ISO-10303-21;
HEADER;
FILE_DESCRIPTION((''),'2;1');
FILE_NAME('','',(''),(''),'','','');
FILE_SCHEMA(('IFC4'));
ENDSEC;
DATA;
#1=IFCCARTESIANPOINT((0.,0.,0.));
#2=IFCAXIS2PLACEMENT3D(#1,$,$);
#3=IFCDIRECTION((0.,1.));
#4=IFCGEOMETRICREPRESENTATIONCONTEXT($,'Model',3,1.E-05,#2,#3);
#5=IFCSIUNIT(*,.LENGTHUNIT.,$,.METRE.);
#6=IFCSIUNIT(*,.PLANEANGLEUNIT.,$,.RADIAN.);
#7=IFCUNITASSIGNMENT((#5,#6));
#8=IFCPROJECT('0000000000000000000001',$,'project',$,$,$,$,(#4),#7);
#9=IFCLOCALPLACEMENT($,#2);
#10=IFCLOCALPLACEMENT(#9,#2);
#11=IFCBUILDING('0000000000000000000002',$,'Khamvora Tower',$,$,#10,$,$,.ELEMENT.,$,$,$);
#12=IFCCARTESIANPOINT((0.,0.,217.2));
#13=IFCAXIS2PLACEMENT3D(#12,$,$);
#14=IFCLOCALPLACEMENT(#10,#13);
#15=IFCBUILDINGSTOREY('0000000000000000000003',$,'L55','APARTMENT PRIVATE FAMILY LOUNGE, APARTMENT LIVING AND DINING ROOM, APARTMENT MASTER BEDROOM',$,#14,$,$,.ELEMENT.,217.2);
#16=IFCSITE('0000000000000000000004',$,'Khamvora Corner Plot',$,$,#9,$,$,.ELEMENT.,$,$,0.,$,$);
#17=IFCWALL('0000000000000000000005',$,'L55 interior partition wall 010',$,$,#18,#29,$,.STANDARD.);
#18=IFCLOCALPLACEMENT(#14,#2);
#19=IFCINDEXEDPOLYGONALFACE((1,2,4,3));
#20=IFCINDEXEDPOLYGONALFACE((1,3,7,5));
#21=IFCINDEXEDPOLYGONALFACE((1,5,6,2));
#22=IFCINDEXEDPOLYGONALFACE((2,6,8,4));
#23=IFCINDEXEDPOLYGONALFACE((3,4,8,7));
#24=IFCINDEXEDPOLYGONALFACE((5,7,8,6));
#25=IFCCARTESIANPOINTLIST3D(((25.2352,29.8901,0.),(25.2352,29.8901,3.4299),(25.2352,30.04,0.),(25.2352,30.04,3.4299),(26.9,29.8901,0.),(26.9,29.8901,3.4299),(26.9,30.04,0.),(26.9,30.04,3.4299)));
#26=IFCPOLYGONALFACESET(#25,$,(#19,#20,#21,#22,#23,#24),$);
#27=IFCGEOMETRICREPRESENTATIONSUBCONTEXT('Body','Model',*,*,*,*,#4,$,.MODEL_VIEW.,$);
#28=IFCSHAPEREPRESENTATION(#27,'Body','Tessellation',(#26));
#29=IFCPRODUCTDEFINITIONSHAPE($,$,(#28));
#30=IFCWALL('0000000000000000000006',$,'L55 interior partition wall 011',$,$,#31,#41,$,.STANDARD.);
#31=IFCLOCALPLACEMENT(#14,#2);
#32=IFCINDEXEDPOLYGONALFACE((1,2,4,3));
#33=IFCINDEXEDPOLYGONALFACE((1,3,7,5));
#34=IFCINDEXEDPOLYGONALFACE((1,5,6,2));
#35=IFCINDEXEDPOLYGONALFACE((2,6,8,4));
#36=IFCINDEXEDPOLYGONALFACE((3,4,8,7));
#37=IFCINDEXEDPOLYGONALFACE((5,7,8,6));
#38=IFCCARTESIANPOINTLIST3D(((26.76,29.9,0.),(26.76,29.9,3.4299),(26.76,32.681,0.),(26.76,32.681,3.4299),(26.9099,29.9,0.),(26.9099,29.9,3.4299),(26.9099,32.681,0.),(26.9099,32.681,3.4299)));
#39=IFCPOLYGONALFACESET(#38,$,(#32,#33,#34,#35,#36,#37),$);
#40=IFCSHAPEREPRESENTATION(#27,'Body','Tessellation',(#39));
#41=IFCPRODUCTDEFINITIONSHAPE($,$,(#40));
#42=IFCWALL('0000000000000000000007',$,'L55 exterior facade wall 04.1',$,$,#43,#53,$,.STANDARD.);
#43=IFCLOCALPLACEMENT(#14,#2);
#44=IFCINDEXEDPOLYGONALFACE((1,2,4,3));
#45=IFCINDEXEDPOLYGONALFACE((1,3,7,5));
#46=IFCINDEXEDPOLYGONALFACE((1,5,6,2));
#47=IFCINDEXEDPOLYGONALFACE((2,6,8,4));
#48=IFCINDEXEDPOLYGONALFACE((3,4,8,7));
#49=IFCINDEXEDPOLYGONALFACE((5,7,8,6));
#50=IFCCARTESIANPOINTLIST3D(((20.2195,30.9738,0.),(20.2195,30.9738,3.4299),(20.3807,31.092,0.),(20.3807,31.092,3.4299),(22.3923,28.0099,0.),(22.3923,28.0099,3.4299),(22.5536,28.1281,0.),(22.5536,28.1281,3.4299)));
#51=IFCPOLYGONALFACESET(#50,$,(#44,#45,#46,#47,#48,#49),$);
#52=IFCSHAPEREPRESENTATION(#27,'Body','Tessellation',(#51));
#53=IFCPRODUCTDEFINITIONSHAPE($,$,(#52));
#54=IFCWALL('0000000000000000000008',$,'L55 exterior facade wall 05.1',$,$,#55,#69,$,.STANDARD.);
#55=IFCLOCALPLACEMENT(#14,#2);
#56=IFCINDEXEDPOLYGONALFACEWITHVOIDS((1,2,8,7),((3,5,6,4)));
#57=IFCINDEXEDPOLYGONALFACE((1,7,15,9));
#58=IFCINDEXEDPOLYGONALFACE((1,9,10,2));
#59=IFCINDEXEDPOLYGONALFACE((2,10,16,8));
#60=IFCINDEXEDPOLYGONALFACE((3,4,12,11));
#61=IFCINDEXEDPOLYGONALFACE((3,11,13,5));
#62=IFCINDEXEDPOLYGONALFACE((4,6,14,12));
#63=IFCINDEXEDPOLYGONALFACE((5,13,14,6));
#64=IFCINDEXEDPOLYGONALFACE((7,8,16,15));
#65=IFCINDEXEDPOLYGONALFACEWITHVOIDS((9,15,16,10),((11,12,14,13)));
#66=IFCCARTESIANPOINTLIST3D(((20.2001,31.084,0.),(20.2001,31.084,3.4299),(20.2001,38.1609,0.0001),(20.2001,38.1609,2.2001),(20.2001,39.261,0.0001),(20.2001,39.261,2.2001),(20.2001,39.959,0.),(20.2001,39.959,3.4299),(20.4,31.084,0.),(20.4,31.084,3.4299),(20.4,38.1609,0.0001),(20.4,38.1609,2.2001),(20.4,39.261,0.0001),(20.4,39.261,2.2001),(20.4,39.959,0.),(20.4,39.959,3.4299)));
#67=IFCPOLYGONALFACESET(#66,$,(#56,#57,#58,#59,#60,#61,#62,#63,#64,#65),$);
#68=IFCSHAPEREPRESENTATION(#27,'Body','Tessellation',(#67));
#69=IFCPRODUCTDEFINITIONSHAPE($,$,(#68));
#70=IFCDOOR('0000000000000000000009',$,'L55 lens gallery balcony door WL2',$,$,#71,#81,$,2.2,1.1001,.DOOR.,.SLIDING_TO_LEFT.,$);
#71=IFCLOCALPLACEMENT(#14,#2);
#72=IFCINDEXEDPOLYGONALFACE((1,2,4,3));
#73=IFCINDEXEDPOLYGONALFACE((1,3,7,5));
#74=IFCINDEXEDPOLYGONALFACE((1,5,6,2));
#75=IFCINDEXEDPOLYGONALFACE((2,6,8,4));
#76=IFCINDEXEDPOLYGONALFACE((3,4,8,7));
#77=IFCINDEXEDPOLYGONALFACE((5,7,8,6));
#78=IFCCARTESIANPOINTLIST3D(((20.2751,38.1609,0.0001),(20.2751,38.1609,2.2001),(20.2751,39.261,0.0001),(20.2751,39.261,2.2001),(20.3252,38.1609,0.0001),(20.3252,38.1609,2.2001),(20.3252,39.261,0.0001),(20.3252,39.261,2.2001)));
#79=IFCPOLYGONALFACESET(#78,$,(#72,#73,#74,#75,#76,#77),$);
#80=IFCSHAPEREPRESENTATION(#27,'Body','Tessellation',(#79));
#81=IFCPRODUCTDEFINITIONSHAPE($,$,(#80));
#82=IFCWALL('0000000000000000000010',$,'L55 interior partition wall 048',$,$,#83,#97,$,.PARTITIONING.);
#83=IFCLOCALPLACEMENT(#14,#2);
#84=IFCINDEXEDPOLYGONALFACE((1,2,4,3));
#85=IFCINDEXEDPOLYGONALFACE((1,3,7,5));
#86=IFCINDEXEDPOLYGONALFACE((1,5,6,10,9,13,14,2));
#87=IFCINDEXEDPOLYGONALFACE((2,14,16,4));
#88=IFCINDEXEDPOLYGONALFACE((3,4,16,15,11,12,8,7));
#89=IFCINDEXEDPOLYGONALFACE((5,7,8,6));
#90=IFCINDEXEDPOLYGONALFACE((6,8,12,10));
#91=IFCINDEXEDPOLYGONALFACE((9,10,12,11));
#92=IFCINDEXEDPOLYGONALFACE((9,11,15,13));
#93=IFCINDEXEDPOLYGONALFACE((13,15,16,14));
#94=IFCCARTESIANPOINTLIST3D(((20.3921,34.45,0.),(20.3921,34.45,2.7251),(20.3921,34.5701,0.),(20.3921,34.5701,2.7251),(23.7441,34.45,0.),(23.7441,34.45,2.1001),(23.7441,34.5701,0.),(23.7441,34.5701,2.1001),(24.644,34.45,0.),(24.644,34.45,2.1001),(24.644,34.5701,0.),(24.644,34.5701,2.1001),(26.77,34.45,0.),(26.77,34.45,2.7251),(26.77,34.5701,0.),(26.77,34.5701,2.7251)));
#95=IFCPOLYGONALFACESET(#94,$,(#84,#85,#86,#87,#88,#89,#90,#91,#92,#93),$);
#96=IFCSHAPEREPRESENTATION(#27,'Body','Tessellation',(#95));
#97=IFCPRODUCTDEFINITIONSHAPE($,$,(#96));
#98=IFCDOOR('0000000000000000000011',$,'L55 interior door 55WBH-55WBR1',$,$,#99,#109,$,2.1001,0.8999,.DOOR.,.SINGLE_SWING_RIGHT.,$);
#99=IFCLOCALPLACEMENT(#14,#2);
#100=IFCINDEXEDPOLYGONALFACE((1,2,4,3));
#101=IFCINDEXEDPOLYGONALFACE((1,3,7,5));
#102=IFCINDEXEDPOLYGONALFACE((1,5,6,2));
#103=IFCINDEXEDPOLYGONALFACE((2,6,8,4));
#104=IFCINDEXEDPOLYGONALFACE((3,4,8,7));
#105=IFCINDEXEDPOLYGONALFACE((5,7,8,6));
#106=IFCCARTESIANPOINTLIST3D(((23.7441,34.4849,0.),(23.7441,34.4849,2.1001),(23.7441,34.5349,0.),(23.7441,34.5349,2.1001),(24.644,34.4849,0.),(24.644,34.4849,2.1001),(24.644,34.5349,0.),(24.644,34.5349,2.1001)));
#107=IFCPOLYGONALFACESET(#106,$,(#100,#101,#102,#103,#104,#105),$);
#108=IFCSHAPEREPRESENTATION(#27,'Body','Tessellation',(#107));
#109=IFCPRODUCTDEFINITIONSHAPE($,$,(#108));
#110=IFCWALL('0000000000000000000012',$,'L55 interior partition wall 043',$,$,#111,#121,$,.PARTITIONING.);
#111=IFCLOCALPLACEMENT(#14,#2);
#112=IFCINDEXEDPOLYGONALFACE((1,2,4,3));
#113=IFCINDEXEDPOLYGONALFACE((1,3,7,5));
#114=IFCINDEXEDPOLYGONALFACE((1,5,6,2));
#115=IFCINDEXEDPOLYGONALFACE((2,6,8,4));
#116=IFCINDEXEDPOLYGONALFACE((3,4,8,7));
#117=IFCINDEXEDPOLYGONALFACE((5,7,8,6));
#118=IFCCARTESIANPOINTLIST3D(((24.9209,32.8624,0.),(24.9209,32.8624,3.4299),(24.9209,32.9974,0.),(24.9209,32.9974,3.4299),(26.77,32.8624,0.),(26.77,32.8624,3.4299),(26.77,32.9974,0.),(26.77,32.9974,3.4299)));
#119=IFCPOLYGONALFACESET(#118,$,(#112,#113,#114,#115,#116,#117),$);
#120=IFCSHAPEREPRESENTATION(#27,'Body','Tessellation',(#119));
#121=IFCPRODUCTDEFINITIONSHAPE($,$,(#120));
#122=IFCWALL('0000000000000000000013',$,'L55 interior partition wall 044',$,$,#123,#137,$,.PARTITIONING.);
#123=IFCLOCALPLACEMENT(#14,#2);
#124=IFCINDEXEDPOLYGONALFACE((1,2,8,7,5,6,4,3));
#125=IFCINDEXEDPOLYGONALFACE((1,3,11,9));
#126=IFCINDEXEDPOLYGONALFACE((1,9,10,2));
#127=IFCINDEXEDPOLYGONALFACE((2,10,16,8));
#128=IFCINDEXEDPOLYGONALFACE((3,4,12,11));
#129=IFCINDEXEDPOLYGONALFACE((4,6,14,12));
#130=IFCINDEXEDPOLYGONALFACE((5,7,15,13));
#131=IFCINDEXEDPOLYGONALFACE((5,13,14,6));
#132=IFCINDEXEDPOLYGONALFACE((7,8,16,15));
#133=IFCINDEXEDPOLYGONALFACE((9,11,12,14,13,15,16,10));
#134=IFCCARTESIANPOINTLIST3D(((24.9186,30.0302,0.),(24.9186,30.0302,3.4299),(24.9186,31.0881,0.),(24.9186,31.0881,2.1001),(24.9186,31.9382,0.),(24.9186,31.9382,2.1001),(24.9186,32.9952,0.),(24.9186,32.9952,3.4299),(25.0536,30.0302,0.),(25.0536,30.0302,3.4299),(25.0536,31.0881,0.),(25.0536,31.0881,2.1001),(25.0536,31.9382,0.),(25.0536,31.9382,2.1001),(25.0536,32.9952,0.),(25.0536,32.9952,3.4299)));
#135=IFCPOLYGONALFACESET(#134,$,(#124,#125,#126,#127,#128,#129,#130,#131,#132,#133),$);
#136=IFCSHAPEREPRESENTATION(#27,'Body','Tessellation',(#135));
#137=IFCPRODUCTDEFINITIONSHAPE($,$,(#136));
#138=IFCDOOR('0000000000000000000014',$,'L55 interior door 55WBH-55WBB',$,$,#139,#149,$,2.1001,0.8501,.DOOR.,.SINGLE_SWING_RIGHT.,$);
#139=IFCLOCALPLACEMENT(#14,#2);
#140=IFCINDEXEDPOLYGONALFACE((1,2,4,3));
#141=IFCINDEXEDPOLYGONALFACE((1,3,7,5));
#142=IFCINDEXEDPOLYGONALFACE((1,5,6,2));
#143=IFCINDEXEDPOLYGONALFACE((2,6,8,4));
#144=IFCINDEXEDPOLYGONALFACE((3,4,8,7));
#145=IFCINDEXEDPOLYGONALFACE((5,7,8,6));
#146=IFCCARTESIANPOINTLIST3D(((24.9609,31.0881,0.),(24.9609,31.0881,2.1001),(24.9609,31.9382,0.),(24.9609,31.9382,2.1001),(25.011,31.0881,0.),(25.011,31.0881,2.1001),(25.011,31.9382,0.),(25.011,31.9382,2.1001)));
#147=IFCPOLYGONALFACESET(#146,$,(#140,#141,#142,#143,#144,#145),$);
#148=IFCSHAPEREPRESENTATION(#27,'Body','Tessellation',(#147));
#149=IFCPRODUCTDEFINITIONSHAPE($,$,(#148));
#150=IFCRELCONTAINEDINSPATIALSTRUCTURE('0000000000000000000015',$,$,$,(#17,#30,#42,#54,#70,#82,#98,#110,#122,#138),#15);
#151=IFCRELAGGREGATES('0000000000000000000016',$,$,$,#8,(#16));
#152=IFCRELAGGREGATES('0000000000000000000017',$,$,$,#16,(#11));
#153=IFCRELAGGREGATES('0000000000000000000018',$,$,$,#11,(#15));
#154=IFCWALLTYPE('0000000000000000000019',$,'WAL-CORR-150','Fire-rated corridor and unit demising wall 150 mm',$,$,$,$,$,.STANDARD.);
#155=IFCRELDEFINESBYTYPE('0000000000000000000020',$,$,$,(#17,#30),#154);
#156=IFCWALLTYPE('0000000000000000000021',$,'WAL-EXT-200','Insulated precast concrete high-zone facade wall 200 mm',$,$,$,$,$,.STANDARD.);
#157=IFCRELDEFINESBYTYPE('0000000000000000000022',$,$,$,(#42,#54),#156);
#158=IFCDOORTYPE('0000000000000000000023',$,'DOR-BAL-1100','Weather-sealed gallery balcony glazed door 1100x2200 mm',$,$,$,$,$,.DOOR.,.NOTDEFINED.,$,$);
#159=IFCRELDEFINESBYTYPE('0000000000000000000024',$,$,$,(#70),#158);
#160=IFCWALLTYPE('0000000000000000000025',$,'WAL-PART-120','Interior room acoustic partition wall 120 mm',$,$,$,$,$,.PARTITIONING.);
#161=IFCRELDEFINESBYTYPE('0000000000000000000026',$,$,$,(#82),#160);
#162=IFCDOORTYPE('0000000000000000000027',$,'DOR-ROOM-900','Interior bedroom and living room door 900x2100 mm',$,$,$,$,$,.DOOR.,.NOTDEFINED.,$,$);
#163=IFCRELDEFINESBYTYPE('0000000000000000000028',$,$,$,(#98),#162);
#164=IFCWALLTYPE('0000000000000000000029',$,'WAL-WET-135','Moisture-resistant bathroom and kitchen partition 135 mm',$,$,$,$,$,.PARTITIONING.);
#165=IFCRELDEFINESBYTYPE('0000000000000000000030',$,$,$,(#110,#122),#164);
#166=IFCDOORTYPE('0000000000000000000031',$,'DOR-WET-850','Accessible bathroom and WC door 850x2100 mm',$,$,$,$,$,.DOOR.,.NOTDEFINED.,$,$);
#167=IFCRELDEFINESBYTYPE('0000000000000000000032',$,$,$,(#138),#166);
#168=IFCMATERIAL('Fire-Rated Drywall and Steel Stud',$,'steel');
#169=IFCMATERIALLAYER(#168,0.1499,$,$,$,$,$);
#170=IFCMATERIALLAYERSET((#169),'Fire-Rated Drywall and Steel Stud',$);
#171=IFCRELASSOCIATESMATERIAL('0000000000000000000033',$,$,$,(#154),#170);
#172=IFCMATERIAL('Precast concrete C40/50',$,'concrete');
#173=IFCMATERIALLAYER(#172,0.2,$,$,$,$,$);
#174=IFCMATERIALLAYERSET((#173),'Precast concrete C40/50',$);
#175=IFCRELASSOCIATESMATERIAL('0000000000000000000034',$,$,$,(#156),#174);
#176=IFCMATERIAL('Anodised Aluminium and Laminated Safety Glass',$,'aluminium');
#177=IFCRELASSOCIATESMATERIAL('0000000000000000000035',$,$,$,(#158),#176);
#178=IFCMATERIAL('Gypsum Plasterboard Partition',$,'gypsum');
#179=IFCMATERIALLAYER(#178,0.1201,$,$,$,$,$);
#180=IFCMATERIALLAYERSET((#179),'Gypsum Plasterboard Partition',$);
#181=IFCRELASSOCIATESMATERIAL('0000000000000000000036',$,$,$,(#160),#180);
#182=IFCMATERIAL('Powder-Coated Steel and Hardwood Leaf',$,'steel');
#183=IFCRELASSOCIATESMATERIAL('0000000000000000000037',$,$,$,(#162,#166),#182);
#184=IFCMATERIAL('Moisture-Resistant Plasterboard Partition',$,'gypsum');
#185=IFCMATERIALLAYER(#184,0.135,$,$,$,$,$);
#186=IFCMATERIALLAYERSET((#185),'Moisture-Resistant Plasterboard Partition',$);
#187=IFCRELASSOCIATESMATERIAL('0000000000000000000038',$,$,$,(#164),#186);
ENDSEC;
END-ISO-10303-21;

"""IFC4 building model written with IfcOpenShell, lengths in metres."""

from ifc_helpers import new_model, si_unit, direction, frame, frame_2d, origin, place, context, subcontext, project, spatial, rectangle, extrude, material, layer, layer_set, type_object, element, fill, save


model = new_model("IFC4")

# Units and contexts
model_context = context("Model", 3, precision=1e-05, world=origin(), true_north=direction((0.0, 1.0)))
body_context = subcontext(model_context, "Body", "Model", "MODEL_VIEW")
ifc_project = project(units=[si_unit("LENGTHUNIT", "METRE"), si_unit("PLANEANGLEUNIT", "RADIAN")], contexts=[model_context])

# Site, building, storey
site_placement = place(None, origin())
site = spatial("IfcSite", under=ifc_project, at=site_placement, Name="Khamvora Corner Plot", CompositionType="ELEMENT", RefElevation=0.0)
building_placement = place(site_placement, origin())
building = spatial("IfcBuilding", under=site, at=building_placement, Name="Khamvora Tower", CompositionType="ELEMENT")
storey_placement = place(building_placement, frame((0.0, 0.0, 217.2)))
storey = spatial("IfcBuildingStorey", under=building, at=storey_placement, Name="L55", Description="APARTMENT PRIVATE FAMILY LOUNGE, APARTMENT LIVING AND DINING ROOM, APARTMENT MASTER BEDROOM", CompositionType="ELEMENT", Elevation=217.2)

# Shared definitions
ifc_material_1 = material(Name="Fire-Rated Drywall and Steel Stud", Category="steel")
ifc_layer_1 = layer(ifc_material_1, 0.1499)
ifc_layer_set_1 = layer_set([ifc_layer_1], Name="Fire-Rated Drywall and Steel Stud")
wall_type_1 = type_object("IfcWallType", Name="WAL-CORR-150", Description="Fire-rated corridor and unit demising wall 150 mm", PredefinedType="STANDARD", material=ifc_layer_set_1)
ifc_material_2 = material(Name="Powder-Coated Steel and Hardwood Leaf", Category="steel")

# Walls
wall_1_placement = place(storey_placement, frame((25.2351, 29.9651, 0.0), z_axis=(0.0, 0.0, 1.0), x_axis=(1.0, 0.0, 0.0)))
element("IfcWall", 1, at=wall_1_placement, inside=storey, type_object=wall_type_1, Name="L55 interior partition wall 010", PredefinedType="STANDARD", context=body_context, shape_type="SweptSolid", body=[
    extrude(rectangle(XDim=1.6648, YDim=0.1499, at=frame_2d((0.8325, 0.0))), origin(), (0.0, 0.0, 1.0), 3.4299),
])
wall_2_placement = place(storey_placement, frame((26.835, 29.8999, 0.0), z_axis=(0.0, 0.0, 1.0), x_axis=(0.0, 1.0, 0.0)))
element("IfcWall", 2, at=wall_2_placement, inside=storey, type_object=wall_type_1, Name="L55 interior partition wall 011", PredefinedType="STANDARD", context=body_context, shape_type="SweptSolid", body=[
    extrude(rectangle(XDim=2.781, YDim=0.1499, at=frame_2d((1.3906, 0.0))), origin(), (0.0, 0.0, 1.0), 3.4299),
])
ifc_material_3 = material(Name="Precast concrete C40/50", Category="concrete")
ifc_layer_2 = layer(ifc_material_3, 0.2)
ifc_layer_set_2 = layer_set([ifc_layer_2], Name="Precast concrete C40/50")
wall_type_2 = type_object("IfcWallType", Name="WAL-EXT-200", Description="Insulated precast concrete high-zone facade wall 200 mm", PredefinedType="STANDARD", material=ifc_layer_set_2)
wall_3_placement = place(storey_placement, frame((22.4729, 28.0691, 0.0), z_axis=(0.0, 0.0, 1.0), x_axis=(-0.591248, 0.806489, 0.0)))
element("IfcWall", 3, at=wall_3_placement, inside=storey, type_object=wall_type_2, Name="L55 exterior facade wall 04.1", PredefinedType="STANDARD", context=body_context, shape_type="SweptSolid", body=[
    extrude(rectangle(XDim=3.675, YDim=0.2, at=frame_2d((1.8374, 0.0))), origin(), (0.0, 0.0, 1.0), 3.4299),
])

# Walls, openings, doors
wall_4_placement = place(storey_placement, frame((20.3, 31.084, 0.0), z_axis=(0.0, 0.0, 1.0), x_axis=(0.0, 1.0, 0.0)))
wall_4 = element("IfcWall", 4, at=wall_4_placement, inside=storey, type_object=wall_type_2, Name="L55 exterior facade wall 05.1", PredefinedType="STANDARD", context=body_context, shape_type="SweptSolid", body=[
    extrude(rectangle(XDim=8.875, YDim=0.2, at=frame_2d((4.4375, 0.0))), origin(), (0.0, 0.0, 1.0), 3.4299),
])
opening_1_placement = place(wall_4_placement, frame((7.0769, 0.0, 0.0)))
opening_1 = element("IfcOpeningElement", 5, at=opening_1_placement, cuts=wall_4, PredefinedType="OPENING", context=body_context, shape_type="SweptSolid", body=[
    extrude(rectangle(XDim=1.1001, YDim=2.2, at=frame_2d((0.55, 1.1001))), frame((0.0, 0.1099, 0.0), z_axis=(0.0, -1.0, 0.0), x_axis=(1.0, 0.0, 0.0)), (0.0, 0.0, 1.0), 0.22),
])
ifc_material_4 = material(Name="Anodised Aluminium and Laminated Safety Glass", Category="aluminium")
door_type_1 = type_object("IfcDoorType", Name="DOR-BAL-1100", Description="Weather-sealed gallery balcony glazed door 1100x2200 mm", OperationType="NOTDEFINED", PredefinedType="DOOR", material=ifc_material_4)
door_1_placement = place(opening_1_placement, origin())
door_1 = element("IfcDoor", 6, at=door_1_placement, inside=storey, type_object=door_type_1, Name="L55 lens gallery balcony door WL2", OperationType="SLIDING_TO_LEFT", OverallHeight=2.2, OverallWidth=1.1001, PredefinedType="DOOR", context=body_context, shape_type="SweptSolid", body=[
    extrude(rectangle(XDim=1.1001, YDim=2.2, at=frame_2d((0.55, 1.1001))), frame((0.0, 0.0249, 0.0), z_axis=(0.0, -1.0, 0.0), x_axis=(1.0, 0.0, 0.0)), (0.0, 0.0, 1.0), 0.05),
])
fill(opening_1, door_1)
ifc_material_5 = material(Name="Gypsum Plasterboard Partition", Category="gypsum")
ifc_layer_3 = layer(ifc_material_5, 0.1201)
ifc_layer_set_3 = layer_set([ifc_layer_3], Name="Gypsum Plasterboard Partition")
wall_type_3 = type_object("IfcWallType", Name="WAL-PART-120", Description="Interior room acoustic partition wall 120 mm", PredefinedType="PARTITIONING", material=ifc_layer_set_3)
wall_5_placement = place(storey_placement, frame((20.3921, 34.51, 0.0), z_axis=(0.0, 0.0, 1.0), x_axis=(1.0, 0.0, 0.0)))
wall_5 = element("IfcWall", 7, at=wall_5_placement, inside=storey, type_object=wall_type_3, Name="L55 interior partition wall 048", PredefinedType="PARTITIONING", context=body_context, shape_type="SweptSolid", body=[
    extrude(rectangle(XDim=6.3779, YDim=0.1201, at=frame_2d((3.189, 0.0))), origin(), (0.0, 0.0, 1.0), 2.7251),
])
opening_2_placement = place(wall_5_placement, frame((3.3521, 0.0, 0.0)))
opening_2 = element("IfcOpeningElement", 8, at=opening_2_placement, cuts=wall_5, PredefinedType="OPENING", context=body_context, shape_type="SweptSolid", body=[
    extrude(rectangle(XDim=0.8999, YDim=2.1001, at=frame_2d((0.45, 1.05))), frame((0.0, 0.0701, 0.0), z_axis=(0.0, -1.0, 0.0), x_axis=(1.0, 0.0, 0.0)), (0.0, 0.0, 1.0), 0.1401),
])
door_type_2 = type_object("IfcDoorType", Name="DOR-ROOM-900", Description="Interior bedroom and living room door 900x2100 mm", OperationType="NOTDEFINED", PredefinedType="DOOR", material=ifc_material_2)
door_2_placement = place(opening_2_placement, origin())
door_2 = element("IfcDoor", 9, at=door_2_placement, inside=storey, type_object=door_type_2, Name="L55 interior door 55WBH-55WBR1", OperationType="SINGLE_SWING_RIGHT", OverallHeight=2.1001, OverallWidth=0.8999, PredefinedType="DOOR", context=body_context, shape_type="SweptSolid", body=[
    extrude(rectangle(XDim=0.8999, YDim=2.1001, at=frame_2d((0.45, 1.05))), frame((0.0, 0.0249, 0.0), z_axis=(0.0, -1.0, 0.0), x_axis=(1.0, 0.0, 0.0)), (0.0, 0.0, 1.0), 0.05),
])
fill(opening_2, door_2)

# Wall
ifc_material_6 = material(Name="Moisture-Resistant Plasterboard Partition", Category="gypsum")
ifc_layer_4 = layer(ifc_material_6, 0.135)
ifc_layer_set_4 = layer_set([ifc_layer_4], Name="Moisture-Resistant Plasterboard Partition")
wall_type_4 = type_object("IfcWallType", Name="WAL-WET-135", Description="Moisture-resistant bathroom and kitchen partition 135 mm", PredefinedType="PARTITIONING", material=ifc_layer_set_4)
wall_6_placement = place(storey_placement, frame((26.77, 32.9299, 0.0), z_axis=(0.0, 0.0, 1.0), x_axis=(-1.0, 0.0, 0.0)))
element("IfcWall", 10, at=wall_6_placement, inside=storey, type_object=wall_type_4, Name="L55 interior partition wall 043", PredefinedType="PARTITIONING", context=body_context, shape_type="SweptSolid", body=[
    extrude(rectangle(XDim=1.8491, YDim=0.135, at=frame_2d((0.9246, 0.0))), origin(), (0.0, 0.0, 1.0), 3.4299),
])

# Wall, opening, door
wall_7_placement = place(storey_placement, frame((24.9861, 32.9951, 0.0), z_axis=(0.0, 0.0, 1.0), x_axis=(0.0, -1.0, 0.0)))
wall_7 = element("IfcWall", 11, at=wall_7_placement, inside=storey, type_object=wall_type_4, Name="L55 interior partition wall 044", PredefinedType="PARTITIONING", context=body_context, shape_type="SweptSolid", body=[
    extrude(rectangle(XDim=2.9651, YDim=0.135, at=frame_2d((1.4824, 0.0))), origin(), (0.0, 0.0, 1.0), 3.4299),
])
opening_3_placement = place(wall_7_placement, frame((1.0569, 0.0, 0.0)))
opening_3 = element("IfcOpeningElement", 12, at=opening_3_placement, cuts=wall_7, PredefinedType="OPENING", context=body_context, shape_type="SweptSolid", body=[
    extrude(rectangle(XDim=0.8501, YDim=2.1001, at=frame_2d((0.425, 1.05))), frame((0.0, 0.0774, 0.0), z_axis=(0.0, -1.0, 0.0), x_axis=(1.0, 0.0, 0.0)), (0.0, 0.0, 1.0), 0.155),
])
door_type_3 = type_object("IfcDoorType", Name="DOR-WET-850", Description="Accessible bathroom and WC door 850x2100 mm", OperationType="NOTDEFINED", PredefinedType="DOOR", material=ifc_material_2)
door_3_placement = place(opening_3_placement, origin())
door_3 = element("IfcDoor", 13, at=door_3_placement, inside=storey, type_object=door_type_3, Name="L55 interior door 55WBH-55WBB", OperationType="SINGLE_SWING_RIGHT", OverallHeight=2.1001, OverallWidth=0.8501, PredefinedType="DOOR", context=body_context, shape_type="SweptSolid", body=[
    extrude(rectangle(XDim=0.8501, YDim=2.1001, at=frame_2d((0.425, 1.05))), frame((0.0, 0.0249, 0.0), z_axis=(0.0, -1.0, 0.0), x_axis=(1.0, 0.0, 0.0)), (0.0, 0.0, 1.0), 0.05),
])
fill(opening_3, door_3)

save(model, "model.ifc")
